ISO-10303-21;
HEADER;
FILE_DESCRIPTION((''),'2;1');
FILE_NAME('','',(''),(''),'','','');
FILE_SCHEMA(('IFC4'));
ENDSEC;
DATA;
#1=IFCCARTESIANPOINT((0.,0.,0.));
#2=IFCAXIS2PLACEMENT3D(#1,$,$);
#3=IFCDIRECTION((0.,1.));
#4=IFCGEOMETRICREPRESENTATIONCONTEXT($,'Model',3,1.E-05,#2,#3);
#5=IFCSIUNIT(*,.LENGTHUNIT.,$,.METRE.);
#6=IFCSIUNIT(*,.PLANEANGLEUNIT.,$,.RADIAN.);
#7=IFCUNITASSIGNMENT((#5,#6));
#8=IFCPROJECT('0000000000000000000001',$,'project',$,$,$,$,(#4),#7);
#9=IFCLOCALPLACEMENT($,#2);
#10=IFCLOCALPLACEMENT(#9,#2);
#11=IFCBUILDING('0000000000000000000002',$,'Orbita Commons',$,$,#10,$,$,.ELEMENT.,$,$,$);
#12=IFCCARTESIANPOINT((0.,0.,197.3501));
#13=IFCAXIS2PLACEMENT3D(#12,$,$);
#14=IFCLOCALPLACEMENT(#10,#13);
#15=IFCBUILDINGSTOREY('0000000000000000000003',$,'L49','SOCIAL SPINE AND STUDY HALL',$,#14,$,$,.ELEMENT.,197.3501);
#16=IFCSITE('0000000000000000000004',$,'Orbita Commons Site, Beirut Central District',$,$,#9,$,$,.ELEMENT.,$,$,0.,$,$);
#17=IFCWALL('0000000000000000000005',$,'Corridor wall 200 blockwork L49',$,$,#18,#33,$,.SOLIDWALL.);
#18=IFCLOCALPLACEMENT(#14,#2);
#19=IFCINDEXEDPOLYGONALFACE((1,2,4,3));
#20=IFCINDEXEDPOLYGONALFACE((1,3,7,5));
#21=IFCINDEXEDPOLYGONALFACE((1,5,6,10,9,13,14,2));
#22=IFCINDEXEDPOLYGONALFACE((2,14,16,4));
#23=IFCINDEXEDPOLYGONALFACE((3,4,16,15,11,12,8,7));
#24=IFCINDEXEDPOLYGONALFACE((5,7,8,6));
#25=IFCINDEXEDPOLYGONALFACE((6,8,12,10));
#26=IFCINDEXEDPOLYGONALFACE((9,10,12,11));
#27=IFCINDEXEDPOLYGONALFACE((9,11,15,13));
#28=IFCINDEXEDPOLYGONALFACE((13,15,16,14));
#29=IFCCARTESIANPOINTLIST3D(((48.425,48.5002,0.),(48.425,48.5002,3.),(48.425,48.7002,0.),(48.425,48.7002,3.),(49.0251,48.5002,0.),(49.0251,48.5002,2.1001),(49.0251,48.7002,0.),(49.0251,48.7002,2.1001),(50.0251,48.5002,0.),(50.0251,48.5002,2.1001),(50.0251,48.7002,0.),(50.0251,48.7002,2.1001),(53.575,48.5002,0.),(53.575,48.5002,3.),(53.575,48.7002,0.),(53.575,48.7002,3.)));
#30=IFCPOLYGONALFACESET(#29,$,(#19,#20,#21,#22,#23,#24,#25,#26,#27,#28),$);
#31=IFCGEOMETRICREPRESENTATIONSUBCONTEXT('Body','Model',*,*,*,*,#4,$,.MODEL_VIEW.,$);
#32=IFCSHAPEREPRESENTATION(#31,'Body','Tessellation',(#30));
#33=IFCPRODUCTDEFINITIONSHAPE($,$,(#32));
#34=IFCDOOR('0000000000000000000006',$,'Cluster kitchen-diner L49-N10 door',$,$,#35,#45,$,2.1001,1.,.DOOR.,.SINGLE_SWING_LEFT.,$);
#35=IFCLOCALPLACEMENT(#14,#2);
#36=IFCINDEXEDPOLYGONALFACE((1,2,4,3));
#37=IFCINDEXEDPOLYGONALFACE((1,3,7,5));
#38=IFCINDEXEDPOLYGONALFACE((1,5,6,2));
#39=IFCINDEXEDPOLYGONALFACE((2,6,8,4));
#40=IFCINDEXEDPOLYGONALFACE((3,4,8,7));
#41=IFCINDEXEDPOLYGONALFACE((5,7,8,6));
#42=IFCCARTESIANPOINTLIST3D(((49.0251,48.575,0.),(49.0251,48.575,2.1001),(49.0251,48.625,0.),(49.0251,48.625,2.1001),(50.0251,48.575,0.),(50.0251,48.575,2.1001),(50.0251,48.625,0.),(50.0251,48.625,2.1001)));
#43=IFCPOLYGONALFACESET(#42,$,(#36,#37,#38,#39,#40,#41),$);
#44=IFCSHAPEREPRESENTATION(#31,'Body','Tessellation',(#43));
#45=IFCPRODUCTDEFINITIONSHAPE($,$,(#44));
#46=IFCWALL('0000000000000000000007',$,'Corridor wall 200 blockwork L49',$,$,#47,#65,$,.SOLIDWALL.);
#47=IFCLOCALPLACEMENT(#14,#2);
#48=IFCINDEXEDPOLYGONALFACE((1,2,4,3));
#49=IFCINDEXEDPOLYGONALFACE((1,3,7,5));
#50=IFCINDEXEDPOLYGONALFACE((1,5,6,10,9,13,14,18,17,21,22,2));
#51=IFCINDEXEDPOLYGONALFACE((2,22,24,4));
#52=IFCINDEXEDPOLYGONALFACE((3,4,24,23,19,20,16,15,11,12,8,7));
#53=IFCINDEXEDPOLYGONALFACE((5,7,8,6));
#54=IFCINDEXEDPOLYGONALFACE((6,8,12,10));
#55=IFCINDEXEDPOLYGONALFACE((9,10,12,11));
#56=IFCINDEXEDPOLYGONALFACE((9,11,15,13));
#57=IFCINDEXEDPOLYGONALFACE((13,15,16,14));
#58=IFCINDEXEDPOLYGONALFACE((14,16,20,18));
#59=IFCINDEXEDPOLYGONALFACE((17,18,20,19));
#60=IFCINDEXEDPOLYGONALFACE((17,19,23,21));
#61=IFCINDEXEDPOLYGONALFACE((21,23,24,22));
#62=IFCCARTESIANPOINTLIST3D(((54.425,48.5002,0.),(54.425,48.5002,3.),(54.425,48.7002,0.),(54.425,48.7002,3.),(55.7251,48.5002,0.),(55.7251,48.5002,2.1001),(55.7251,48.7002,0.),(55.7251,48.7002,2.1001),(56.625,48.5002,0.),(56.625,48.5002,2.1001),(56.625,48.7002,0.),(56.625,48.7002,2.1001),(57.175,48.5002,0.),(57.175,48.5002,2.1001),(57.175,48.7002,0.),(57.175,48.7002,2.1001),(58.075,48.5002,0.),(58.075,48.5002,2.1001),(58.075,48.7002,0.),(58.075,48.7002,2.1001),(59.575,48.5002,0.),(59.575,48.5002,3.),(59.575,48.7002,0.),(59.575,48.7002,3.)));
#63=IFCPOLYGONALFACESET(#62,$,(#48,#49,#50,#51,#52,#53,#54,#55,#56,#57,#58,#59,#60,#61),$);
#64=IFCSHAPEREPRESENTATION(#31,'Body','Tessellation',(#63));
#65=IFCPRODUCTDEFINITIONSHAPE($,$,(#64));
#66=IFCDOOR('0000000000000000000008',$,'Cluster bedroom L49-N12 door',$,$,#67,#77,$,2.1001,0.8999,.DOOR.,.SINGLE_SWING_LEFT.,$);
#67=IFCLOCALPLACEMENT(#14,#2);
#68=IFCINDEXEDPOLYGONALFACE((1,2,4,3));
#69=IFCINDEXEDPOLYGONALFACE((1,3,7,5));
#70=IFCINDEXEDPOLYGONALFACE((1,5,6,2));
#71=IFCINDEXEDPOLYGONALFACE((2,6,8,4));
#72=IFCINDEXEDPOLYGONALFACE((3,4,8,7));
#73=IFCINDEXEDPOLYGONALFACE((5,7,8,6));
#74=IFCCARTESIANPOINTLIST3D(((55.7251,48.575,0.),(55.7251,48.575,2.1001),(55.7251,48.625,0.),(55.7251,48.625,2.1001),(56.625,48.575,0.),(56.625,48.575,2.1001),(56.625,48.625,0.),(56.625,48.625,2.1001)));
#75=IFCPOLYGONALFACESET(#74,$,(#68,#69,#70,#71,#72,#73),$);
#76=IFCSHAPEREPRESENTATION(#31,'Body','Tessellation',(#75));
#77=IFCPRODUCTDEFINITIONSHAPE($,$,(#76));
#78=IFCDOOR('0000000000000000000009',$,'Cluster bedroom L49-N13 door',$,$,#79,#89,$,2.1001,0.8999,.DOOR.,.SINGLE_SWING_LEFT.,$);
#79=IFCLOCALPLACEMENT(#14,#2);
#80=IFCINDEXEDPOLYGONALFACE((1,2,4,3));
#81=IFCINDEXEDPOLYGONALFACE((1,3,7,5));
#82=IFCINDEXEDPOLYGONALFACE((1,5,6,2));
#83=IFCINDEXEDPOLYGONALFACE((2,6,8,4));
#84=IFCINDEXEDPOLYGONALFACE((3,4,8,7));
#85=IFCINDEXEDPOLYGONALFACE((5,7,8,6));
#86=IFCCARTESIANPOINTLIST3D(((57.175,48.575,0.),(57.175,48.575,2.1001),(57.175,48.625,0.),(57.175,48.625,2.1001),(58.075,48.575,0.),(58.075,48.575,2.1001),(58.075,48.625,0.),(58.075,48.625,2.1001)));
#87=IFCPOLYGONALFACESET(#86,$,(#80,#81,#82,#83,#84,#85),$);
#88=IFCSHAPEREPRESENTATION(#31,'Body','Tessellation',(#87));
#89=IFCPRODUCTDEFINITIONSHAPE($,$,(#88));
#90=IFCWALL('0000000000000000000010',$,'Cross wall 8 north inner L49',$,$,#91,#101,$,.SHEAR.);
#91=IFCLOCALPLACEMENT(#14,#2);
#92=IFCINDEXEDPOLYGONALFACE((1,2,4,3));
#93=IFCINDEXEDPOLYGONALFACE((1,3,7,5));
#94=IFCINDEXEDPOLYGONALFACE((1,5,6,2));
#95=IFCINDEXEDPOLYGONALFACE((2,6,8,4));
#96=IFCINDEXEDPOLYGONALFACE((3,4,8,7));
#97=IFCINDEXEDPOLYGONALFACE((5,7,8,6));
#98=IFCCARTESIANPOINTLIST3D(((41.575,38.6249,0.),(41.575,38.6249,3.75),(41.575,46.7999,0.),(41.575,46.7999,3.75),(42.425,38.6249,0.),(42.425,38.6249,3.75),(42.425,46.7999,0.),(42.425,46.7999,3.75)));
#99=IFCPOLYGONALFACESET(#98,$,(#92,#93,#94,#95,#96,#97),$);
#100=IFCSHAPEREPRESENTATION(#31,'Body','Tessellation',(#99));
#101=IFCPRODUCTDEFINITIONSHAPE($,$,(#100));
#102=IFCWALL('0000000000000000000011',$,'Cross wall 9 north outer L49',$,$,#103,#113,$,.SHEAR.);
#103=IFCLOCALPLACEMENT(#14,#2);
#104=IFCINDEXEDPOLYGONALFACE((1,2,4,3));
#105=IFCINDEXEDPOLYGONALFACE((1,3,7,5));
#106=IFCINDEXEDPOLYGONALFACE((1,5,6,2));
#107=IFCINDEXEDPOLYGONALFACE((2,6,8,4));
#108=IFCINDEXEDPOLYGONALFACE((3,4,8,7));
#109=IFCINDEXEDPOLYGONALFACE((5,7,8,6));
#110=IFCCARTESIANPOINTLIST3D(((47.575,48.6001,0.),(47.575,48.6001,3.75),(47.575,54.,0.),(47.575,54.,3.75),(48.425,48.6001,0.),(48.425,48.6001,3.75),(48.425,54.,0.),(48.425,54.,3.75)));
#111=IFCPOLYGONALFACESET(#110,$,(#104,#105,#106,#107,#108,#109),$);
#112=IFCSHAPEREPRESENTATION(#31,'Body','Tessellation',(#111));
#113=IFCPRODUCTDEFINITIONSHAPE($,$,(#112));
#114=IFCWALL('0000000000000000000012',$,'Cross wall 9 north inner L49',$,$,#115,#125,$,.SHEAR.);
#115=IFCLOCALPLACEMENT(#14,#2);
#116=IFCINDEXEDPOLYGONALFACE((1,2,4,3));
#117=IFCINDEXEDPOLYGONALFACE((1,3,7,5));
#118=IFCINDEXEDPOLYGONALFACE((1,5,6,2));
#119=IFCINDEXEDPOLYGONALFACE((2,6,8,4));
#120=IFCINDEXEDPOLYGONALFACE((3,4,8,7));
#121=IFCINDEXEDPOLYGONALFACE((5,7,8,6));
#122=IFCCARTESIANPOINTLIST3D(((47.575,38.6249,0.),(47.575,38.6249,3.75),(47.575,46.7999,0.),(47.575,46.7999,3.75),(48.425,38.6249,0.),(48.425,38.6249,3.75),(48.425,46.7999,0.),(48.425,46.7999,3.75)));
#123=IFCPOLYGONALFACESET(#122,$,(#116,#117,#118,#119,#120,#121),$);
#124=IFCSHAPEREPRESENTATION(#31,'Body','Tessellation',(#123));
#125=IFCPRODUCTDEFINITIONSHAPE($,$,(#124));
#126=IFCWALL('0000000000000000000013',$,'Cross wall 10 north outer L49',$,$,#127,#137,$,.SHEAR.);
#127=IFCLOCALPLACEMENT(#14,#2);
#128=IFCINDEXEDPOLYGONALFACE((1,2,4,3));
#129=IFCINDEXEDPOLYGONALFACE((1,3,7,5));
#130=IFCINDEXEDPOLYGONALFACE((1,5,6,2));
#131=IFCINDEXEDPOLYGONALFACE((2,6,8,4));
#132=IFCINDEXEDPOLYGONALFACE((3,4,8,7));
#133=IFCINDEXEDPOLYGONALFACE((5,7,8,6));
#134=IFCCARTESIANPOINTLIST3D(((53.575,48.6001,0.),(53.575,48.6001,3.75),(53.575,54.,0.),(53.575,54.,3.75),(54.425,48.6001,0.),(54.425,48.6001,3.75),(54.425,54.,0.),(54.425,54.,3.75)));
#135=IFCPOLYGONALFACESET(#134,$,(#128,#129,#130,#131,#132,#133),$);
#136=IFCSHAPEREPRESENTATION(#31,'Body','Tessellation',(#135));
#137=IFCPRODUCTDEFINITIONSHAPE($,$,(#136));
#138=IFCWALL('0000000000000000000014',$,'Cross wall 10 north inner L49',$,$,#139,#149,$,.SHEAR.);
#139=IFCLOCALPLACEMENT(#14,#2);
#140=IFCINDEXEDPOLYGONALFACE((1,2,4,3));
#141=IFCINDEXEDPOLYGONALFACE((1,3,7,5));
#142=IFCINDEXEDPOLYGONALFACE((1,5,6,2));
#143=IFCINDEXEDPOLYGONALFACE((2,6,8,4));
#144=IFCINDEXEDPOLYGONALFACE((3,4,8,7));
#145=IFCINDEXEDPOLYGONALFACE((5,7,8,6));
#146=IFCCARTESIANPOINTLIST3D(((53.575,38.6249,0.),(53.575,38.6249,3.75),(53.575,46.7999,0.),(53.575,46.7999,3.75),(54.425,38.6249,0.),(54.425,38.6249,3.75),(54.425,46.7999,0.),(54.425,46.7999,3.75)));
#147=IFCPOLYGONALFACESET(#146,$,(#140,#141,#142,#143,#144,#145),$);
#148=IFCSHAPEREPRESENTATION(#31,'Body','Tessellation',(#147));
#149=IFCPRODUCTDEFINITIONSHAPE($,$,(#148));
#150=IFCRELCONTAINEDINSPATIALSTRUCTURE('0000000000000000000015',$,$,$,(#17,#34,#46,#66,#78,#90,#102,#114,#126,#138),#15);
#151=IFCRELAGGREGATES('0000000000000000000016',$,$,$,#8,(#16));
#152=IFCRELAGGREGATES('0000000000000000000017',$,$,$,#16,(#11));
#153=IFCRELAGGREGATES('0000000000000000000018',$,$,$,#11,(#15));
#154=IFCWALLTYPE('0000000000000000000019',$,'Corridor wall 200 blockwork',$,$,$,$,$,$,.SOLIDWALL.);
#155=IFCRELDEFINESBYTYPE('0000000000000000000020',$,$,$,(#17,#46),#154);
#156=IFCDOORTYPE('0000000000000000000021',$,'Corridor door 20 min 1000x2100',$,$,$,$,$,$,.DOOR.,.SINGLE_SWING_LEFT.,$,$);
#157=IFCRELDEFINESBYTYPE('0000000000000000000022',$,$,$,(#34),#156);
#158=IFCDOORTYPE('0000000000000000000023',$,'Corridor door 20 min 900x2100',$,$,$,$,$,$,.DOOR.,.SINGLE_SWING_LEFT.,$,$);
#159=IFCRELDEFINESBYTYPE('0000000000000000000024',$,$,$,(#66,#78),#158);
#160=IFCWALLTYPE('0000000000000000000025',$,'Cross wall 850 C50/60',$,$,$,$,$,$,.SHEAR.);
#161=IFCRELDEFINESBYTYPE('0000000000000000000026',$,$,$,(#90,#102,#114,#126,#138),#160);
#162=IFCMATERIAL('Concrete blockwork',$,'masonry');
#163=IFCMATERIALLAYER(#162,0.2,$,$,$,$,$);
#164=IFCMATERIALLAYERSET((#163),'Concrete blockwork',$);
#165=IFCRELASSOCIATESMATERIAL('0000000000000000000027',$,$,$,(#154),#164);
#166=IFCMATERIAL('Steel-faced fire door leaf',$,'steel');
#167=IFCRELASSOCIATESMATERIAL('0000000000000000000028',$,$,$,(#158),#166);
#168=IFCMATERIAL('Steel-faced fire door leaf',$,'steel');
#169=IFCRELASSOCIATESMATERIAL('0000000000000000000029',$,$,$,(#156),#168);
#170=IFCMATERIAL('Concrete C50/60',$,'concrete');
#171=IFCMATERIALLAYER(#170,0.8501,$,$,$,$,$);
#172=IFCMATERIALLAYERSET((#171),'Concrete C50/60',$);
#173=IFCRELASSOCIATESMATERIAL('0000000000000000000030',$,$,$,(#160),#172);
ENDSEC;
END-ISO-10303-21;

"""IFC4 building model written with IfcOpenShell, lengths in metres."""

from ifc_helpers import new_model, si_unit, direction, frame, frame_2d, origin, place, context, subcontext, project, spatial, polyline, rectangle, outline, extrude, material, layer, layer_set, type_object, element, fill, save


model = new_model("IFC4")

# Units and contexts
model_context = context("Model", 3, precision=1e-05, world=origin(), true_north=direction((0.0, 1.0)))
body_context = subcontext(model_context, "Body", "Model", "MODEL_VIEW")
ifc_project = project(units=[si_unit("LENGTHUNIT", "METRE"), si_unit("PLANEANGLEUNIT", "RADIAN")], contexts=[model_context])

# Site, building, storey
site_placement = place(None, origin())
site = spatial("IfcSite", under=ifc_project, at=site_placement, Name="Orbita Commons Site, Beirut Central District", CompositionType="ELEMENT", RefElevation=0.0)
building_placement = place(site_placement, origin())
building = spatial("IfcBuilding", under=site, at=building_placement, Name="Orbita Commons", CompositionType="ELEMENT")
storey_placement = place(building_placement, frame((0.0, 0.0, 197.3501)))
storey = spatial("IfcBuildingStorey", under=building, at=storey_placement, Name="L49", Description="SOCIAL SPINE AND STUDY HALL", CompositionType="ELEMENT", Elevation=197.3501)

# Wall, opening, door
ifc_material_1 = material(Name="Concrete blockwork", Category="masonry")
ifc_layer_1 = layer(ifc_material_1, 0.2)
ifc_layer_set_1 = layer_set([ifc_layer_1], Name="Concrete blockwork")
wall_type_1 = type_object("IfcWallType", Name="Corridor wall 200 blockwork", PredefinedType="SOLIDWALL", material=ifc_layer_set_1)
ifc_material_2 = material(Name="Steel-faced fire door leaf", Category="steel")
door_type_1 = type_object("IfcDoorType", Name="Corridor door 20 min 900x2100", OperationType="SINGLE_SWING_LEFT", PredefinedType="DOOR", material=ifc_material_2)
wall_1_placement = place(storey_placement, frame((48.425, 48.6001, 0.0), z_axis=(0.0, 0.0, 1.0), x_axis=(1.0, 0.0, 0.0)))
wall_1 = element("IfcWall", 1, at=wall_1_placement, inside=storey, type_object=wall_type_1, Name="Corridor wall 200 blockwork L49", PredefinedType="SOLIDWALL", context=body_context, shape_type="SweptSolid", body=[
    extrude(outline(polyline([(0.0, 0.0), (5.1499, 0.0), (5.1499, 3.0), (0.0, 3.0), (0.0, 0.0)])), frame((0.0, 0.1001, 0.0), z_axis=(0.0, -1.0, 0.0), x_axis=(1.0, 0.0, 0.0)), (0.0, 0.0, 1.0), 0.2),
])
opening_1_placement = place(wall_1_placement, frame((0.6001, 0.0, 0.0)))
opening_1 = element("IfcOpeningElement", 2, at=opening_1_placement, cuts=wall_1, PredefinedType="OPENING", context=body_context, shape_type="SweptSolid", body=[
    extrude(rectangle(XDim=1.0, YDim=2.1001, at=frame_2d((0.5, 1.05))), frame((0.0, 0.1099, 0.0), z_axis=(0.0, -1.0, 0.0), x_axis=(1.0, 0.0, 0.0)), (0.0, 0.0, 1.0), 0.22),
])
ifc_material_3 = material(Name="Steel-faced fire door leaf", Category="steel")
door_type_2 = type_object("IfcDoorType", Name="Corridor door 20 min 1000x2100", OperationType="SINGLE_SWING_LEFT", PredefinedType="DOOR", material=ifc_material_3)
door_1_placement = place(opening_1_placement, origin())
door_1 = element("IfcDoor", 3, at=door_1_placement, inside=storey, type_object=door_type_2, Name="Cluster kitchen-diner L49-N10 door", OperationType="SINGLE_SWING_LEFT", OverallHeight=2.1001, OverallWidth=1.0, PredefinedType="DOOR", context=body_context, shape_type="SweptSolid", body=[
    extrude(rectangle(XDim=1.0, YDim=2.1001, at=frame_2d((0.5, 1.05))), frame((0.0, 0.0249, 0.0), z_axis=(0.0, -1.0, 0.0), x_axis=(1.0, 0.0, 0.0)), (0.0, 0.0, 1.0), 0.05),
])
fill(opening_1, door_1)

# Wall, openings, doors
wall_2_placement = place(storey_placement, frame((54.425, 48.6001, 0.0), z_axis=(0.0, 0.0, 1.0), x_axis=(1.0, 0.0, 0.0)))
wall_2 = element("IfcWall", 4, at=wall_2_placement, inside=storey, type_object=wall_type_1, Name="Corridor wall 200 blockwork L49", PredefinedType="SOLIDWALL", context=body_context, shape_type="SweptSolid", body=[
    extrude(outline(polyline([(0.0, 0.0), (5.1499, 0.0), (5.1499, 3.0), (0.0, 3.0), (0.0, 0.0)])), frame((0.0, 0.1001, 0.0), z_axis=(0.0, -1.0, 0.0), x_axis=(1.0, 0.0, 0.0)), (0.0, 0.0, 1.0), 0.2),
])
opening_2_placement = place(wall_2_placement, frame((1.3, 0.0, 0.0)))
opening_2 = element("IfcOpeningElement", 5, at=opening_2_placement, cuts=wall_2, PredefinedType="OPENING", context=body_context, shape_type="SweptSolid", body=[
    extrude(rectangle(XDim=0.8999, YDim=2.1001, at=frame_2d((0.45, 1.05))), frame((0.0, 0.1099, 0.0), z_axis=(0.0, -1.0, 0.0), x_axis=(1.0, 0.0, 0.0)), (0.0, 0.0, 1.0), 0.22),
])
opening_3_placement = place(wall_2_placement, frame((2.75, 0.0, 0.0)))
opening_3 = element("IfcOpeningElement", 6, at=opening_3_placement, cuts=wall_2, PredefinedType="OPENING", context=body_context, shape_type="SweptSolid", body=[
    extrude(rectangle(XDim=0.8999, YDim=2.1001, at=frame_2d((0.45, 1.05))), frame((0.0, 0.1099, 0.0), z_axis=(0.0, -1.0, 0.0), x_axis=(1.0, 0.0, 0.0)), (0.0, 0.0, 1.0), 0.22),
])
door_2_placement = place(opening_2_placement, origin())
door_2 = element("IfcDoor", 7, at=door_2_placement, inside=storey, type_object=door_type_1, Name="Cluster bedroom L49-N12 door", OperationType="SINGLE_SWING_LEFT", OverallHeight=2.1001, OverallWidth=0.8999, PredefinedType="DOOR", context=body_context, shape_type="SweptSolid", body=[
    extrude(rectangle(XDim=0.8999, YDim=2.1001, at=frame_2d((0.45, 1.05))), frame((0.0, 0.0249, 0.0), z_axis=(0.0, -1.0, 0.0), x_axis=(1.0, 0.0, 0.0)), (0.0, 0.0, 1.0), 0.05),
])
fill(opening_2, door_2)
door_3_placement = place(opening_3_placement, origin())
door_3 = element("IfcDoor", 8, at=door_3_placement, inside=storey, type_object=door_type_1, Name="Cluster bedroom L49-N13 door", OperationType="SINGLE_SWING_LEFT", OverallHeight=2.1001, OverallWidth=0.8999, PredefinedType="DOOR", context=body_context, shape_type="SweptSolid", body=[
    extrude(rectangle(XDim=0.8999, YDim=2.1001, at=frame_2d((0.45, 1.05))), frame((0.0, 0.0249, 0.0), z_axis=(0.0, -1.0, 0.0), x_axis=(1.0, 0.0, 0.0)), (0.0, 0.0, 1.0), 0.05),
])
fill(opening_3, door_3)

# Walls
ifc_material_4 = material(Name="Concrete C50/60", Category="concrete")
ifc_layer_2 = layer(ifc_material_4, 0.8501)
ifc_layer_set_2 = layer_set([ifc_layer_2], Name="Concrete C50/60")
wall_type_2 = type_object("IfcWallType", Name="Cross wall 850 C50/60", PredefinedType="SHEAR", material=ifc_layer_set_2)
wall_3_placement = place(storey_placement, frame((42.0, 38.625, 0.0), z_axis=(0.0, 0.0, 1.0), x_axis=(0.0, 1.0, 0.0)))
element("IfcWall", 9, at=wall_3_placement, inside=storey, type_object=wall_type_2, Name="Cross wall 8 north inner L49", PredefinedType="SHEAR", context=body_context, shape_type="SweptSolid", body=[
    extrude(rectangle(XDim=8.175, YDim=0.8501, at=frame_2d((4.0874, 0.0))), origin(), (0.0, 0.0, 1.0), 3.75),
])
wall_4_placement = place(storey_placement, frame((48.0, 48.6001, 0.0), z_axis=(0.0, 0.0, 1.0), x_axis=(0.0, 1.0, 0.0)))
element("IfcWall", 10, at=wall_4_placement, inside=storey, type_object=wall_type_2, Name="Cross wall 9 north outer L49", PredefinedType="SHEAR", context=body_context, shape_type="SweptSolid", body=[
    extrude(rectangle(XDim=5.3999, YDim=0.8501, at=frame_2d((2.7, 0.0))), origin(), (0.0, 0.0, 1.0), 3.75),
])
wall_5_placement = place(storey_placement, frame((48.0, 38.625, 0.0), z_axis=(0.0, 0.0, 1.0), x_axis=(0.0, 1.0, 0.0)))
element("IfcWall", 11, at=wall_5_placement, inside=storey, type_object=wall_type_2, Name="Cross wall 9 north inner L49", PredefinedType="SHEAR", context=body_context, shape_type="SweptSolid", body=[
    extrude(rectangle(XDim=8.175, YDim=0.8501, at=frame_2d((4.0874, 0.0))), origin(), (0.0, 0.0, 1.0), 3.75),
])
wall_6_placement = place(storey_placement, frame((54.0, 48.6001, 0.0), z_axis=(0.0, 0.0, 1.0), x_axis=(0.0, 1.0, 0.0)))
element("IfcWall", 12, at=wall_6_placement, inside=storey, type_object=wall_type_2, Name="Cross wall 10 north outer L49", PredefinedType="SHEAR", context=body_context, shape_type="SweptSolid", body=[
    extrude(rectangle(XDim=5.3999, YDim=0.8501, at=frame_2d((2.7, 0.0))), origin(), (0.0, 0.0, 1.0), 3.75),
])
wall_7_placement = place(storey_placement, frame((54.0, 38.625, 0.0), z_axis=(0.0, 0.0, 1.0), x_axis=(0.0, 1.0, 0.0)))
element("IfcWall", 13, at=wall_7_placement, inside=storey, type_object=wall_type_2, Name="Cross wall 10 north inner L49", PredefinedType="SHEAR", context=body_context, shape_type="SweptSolid", body=[
    extrude(rectangle(XDim=8.175, YDim=0.8501, at=frame_2d((4.0874, 0.0))), origin(), (0.0, 0.0, 1.0), 3.75),
])

save(model, "model.ifc")
